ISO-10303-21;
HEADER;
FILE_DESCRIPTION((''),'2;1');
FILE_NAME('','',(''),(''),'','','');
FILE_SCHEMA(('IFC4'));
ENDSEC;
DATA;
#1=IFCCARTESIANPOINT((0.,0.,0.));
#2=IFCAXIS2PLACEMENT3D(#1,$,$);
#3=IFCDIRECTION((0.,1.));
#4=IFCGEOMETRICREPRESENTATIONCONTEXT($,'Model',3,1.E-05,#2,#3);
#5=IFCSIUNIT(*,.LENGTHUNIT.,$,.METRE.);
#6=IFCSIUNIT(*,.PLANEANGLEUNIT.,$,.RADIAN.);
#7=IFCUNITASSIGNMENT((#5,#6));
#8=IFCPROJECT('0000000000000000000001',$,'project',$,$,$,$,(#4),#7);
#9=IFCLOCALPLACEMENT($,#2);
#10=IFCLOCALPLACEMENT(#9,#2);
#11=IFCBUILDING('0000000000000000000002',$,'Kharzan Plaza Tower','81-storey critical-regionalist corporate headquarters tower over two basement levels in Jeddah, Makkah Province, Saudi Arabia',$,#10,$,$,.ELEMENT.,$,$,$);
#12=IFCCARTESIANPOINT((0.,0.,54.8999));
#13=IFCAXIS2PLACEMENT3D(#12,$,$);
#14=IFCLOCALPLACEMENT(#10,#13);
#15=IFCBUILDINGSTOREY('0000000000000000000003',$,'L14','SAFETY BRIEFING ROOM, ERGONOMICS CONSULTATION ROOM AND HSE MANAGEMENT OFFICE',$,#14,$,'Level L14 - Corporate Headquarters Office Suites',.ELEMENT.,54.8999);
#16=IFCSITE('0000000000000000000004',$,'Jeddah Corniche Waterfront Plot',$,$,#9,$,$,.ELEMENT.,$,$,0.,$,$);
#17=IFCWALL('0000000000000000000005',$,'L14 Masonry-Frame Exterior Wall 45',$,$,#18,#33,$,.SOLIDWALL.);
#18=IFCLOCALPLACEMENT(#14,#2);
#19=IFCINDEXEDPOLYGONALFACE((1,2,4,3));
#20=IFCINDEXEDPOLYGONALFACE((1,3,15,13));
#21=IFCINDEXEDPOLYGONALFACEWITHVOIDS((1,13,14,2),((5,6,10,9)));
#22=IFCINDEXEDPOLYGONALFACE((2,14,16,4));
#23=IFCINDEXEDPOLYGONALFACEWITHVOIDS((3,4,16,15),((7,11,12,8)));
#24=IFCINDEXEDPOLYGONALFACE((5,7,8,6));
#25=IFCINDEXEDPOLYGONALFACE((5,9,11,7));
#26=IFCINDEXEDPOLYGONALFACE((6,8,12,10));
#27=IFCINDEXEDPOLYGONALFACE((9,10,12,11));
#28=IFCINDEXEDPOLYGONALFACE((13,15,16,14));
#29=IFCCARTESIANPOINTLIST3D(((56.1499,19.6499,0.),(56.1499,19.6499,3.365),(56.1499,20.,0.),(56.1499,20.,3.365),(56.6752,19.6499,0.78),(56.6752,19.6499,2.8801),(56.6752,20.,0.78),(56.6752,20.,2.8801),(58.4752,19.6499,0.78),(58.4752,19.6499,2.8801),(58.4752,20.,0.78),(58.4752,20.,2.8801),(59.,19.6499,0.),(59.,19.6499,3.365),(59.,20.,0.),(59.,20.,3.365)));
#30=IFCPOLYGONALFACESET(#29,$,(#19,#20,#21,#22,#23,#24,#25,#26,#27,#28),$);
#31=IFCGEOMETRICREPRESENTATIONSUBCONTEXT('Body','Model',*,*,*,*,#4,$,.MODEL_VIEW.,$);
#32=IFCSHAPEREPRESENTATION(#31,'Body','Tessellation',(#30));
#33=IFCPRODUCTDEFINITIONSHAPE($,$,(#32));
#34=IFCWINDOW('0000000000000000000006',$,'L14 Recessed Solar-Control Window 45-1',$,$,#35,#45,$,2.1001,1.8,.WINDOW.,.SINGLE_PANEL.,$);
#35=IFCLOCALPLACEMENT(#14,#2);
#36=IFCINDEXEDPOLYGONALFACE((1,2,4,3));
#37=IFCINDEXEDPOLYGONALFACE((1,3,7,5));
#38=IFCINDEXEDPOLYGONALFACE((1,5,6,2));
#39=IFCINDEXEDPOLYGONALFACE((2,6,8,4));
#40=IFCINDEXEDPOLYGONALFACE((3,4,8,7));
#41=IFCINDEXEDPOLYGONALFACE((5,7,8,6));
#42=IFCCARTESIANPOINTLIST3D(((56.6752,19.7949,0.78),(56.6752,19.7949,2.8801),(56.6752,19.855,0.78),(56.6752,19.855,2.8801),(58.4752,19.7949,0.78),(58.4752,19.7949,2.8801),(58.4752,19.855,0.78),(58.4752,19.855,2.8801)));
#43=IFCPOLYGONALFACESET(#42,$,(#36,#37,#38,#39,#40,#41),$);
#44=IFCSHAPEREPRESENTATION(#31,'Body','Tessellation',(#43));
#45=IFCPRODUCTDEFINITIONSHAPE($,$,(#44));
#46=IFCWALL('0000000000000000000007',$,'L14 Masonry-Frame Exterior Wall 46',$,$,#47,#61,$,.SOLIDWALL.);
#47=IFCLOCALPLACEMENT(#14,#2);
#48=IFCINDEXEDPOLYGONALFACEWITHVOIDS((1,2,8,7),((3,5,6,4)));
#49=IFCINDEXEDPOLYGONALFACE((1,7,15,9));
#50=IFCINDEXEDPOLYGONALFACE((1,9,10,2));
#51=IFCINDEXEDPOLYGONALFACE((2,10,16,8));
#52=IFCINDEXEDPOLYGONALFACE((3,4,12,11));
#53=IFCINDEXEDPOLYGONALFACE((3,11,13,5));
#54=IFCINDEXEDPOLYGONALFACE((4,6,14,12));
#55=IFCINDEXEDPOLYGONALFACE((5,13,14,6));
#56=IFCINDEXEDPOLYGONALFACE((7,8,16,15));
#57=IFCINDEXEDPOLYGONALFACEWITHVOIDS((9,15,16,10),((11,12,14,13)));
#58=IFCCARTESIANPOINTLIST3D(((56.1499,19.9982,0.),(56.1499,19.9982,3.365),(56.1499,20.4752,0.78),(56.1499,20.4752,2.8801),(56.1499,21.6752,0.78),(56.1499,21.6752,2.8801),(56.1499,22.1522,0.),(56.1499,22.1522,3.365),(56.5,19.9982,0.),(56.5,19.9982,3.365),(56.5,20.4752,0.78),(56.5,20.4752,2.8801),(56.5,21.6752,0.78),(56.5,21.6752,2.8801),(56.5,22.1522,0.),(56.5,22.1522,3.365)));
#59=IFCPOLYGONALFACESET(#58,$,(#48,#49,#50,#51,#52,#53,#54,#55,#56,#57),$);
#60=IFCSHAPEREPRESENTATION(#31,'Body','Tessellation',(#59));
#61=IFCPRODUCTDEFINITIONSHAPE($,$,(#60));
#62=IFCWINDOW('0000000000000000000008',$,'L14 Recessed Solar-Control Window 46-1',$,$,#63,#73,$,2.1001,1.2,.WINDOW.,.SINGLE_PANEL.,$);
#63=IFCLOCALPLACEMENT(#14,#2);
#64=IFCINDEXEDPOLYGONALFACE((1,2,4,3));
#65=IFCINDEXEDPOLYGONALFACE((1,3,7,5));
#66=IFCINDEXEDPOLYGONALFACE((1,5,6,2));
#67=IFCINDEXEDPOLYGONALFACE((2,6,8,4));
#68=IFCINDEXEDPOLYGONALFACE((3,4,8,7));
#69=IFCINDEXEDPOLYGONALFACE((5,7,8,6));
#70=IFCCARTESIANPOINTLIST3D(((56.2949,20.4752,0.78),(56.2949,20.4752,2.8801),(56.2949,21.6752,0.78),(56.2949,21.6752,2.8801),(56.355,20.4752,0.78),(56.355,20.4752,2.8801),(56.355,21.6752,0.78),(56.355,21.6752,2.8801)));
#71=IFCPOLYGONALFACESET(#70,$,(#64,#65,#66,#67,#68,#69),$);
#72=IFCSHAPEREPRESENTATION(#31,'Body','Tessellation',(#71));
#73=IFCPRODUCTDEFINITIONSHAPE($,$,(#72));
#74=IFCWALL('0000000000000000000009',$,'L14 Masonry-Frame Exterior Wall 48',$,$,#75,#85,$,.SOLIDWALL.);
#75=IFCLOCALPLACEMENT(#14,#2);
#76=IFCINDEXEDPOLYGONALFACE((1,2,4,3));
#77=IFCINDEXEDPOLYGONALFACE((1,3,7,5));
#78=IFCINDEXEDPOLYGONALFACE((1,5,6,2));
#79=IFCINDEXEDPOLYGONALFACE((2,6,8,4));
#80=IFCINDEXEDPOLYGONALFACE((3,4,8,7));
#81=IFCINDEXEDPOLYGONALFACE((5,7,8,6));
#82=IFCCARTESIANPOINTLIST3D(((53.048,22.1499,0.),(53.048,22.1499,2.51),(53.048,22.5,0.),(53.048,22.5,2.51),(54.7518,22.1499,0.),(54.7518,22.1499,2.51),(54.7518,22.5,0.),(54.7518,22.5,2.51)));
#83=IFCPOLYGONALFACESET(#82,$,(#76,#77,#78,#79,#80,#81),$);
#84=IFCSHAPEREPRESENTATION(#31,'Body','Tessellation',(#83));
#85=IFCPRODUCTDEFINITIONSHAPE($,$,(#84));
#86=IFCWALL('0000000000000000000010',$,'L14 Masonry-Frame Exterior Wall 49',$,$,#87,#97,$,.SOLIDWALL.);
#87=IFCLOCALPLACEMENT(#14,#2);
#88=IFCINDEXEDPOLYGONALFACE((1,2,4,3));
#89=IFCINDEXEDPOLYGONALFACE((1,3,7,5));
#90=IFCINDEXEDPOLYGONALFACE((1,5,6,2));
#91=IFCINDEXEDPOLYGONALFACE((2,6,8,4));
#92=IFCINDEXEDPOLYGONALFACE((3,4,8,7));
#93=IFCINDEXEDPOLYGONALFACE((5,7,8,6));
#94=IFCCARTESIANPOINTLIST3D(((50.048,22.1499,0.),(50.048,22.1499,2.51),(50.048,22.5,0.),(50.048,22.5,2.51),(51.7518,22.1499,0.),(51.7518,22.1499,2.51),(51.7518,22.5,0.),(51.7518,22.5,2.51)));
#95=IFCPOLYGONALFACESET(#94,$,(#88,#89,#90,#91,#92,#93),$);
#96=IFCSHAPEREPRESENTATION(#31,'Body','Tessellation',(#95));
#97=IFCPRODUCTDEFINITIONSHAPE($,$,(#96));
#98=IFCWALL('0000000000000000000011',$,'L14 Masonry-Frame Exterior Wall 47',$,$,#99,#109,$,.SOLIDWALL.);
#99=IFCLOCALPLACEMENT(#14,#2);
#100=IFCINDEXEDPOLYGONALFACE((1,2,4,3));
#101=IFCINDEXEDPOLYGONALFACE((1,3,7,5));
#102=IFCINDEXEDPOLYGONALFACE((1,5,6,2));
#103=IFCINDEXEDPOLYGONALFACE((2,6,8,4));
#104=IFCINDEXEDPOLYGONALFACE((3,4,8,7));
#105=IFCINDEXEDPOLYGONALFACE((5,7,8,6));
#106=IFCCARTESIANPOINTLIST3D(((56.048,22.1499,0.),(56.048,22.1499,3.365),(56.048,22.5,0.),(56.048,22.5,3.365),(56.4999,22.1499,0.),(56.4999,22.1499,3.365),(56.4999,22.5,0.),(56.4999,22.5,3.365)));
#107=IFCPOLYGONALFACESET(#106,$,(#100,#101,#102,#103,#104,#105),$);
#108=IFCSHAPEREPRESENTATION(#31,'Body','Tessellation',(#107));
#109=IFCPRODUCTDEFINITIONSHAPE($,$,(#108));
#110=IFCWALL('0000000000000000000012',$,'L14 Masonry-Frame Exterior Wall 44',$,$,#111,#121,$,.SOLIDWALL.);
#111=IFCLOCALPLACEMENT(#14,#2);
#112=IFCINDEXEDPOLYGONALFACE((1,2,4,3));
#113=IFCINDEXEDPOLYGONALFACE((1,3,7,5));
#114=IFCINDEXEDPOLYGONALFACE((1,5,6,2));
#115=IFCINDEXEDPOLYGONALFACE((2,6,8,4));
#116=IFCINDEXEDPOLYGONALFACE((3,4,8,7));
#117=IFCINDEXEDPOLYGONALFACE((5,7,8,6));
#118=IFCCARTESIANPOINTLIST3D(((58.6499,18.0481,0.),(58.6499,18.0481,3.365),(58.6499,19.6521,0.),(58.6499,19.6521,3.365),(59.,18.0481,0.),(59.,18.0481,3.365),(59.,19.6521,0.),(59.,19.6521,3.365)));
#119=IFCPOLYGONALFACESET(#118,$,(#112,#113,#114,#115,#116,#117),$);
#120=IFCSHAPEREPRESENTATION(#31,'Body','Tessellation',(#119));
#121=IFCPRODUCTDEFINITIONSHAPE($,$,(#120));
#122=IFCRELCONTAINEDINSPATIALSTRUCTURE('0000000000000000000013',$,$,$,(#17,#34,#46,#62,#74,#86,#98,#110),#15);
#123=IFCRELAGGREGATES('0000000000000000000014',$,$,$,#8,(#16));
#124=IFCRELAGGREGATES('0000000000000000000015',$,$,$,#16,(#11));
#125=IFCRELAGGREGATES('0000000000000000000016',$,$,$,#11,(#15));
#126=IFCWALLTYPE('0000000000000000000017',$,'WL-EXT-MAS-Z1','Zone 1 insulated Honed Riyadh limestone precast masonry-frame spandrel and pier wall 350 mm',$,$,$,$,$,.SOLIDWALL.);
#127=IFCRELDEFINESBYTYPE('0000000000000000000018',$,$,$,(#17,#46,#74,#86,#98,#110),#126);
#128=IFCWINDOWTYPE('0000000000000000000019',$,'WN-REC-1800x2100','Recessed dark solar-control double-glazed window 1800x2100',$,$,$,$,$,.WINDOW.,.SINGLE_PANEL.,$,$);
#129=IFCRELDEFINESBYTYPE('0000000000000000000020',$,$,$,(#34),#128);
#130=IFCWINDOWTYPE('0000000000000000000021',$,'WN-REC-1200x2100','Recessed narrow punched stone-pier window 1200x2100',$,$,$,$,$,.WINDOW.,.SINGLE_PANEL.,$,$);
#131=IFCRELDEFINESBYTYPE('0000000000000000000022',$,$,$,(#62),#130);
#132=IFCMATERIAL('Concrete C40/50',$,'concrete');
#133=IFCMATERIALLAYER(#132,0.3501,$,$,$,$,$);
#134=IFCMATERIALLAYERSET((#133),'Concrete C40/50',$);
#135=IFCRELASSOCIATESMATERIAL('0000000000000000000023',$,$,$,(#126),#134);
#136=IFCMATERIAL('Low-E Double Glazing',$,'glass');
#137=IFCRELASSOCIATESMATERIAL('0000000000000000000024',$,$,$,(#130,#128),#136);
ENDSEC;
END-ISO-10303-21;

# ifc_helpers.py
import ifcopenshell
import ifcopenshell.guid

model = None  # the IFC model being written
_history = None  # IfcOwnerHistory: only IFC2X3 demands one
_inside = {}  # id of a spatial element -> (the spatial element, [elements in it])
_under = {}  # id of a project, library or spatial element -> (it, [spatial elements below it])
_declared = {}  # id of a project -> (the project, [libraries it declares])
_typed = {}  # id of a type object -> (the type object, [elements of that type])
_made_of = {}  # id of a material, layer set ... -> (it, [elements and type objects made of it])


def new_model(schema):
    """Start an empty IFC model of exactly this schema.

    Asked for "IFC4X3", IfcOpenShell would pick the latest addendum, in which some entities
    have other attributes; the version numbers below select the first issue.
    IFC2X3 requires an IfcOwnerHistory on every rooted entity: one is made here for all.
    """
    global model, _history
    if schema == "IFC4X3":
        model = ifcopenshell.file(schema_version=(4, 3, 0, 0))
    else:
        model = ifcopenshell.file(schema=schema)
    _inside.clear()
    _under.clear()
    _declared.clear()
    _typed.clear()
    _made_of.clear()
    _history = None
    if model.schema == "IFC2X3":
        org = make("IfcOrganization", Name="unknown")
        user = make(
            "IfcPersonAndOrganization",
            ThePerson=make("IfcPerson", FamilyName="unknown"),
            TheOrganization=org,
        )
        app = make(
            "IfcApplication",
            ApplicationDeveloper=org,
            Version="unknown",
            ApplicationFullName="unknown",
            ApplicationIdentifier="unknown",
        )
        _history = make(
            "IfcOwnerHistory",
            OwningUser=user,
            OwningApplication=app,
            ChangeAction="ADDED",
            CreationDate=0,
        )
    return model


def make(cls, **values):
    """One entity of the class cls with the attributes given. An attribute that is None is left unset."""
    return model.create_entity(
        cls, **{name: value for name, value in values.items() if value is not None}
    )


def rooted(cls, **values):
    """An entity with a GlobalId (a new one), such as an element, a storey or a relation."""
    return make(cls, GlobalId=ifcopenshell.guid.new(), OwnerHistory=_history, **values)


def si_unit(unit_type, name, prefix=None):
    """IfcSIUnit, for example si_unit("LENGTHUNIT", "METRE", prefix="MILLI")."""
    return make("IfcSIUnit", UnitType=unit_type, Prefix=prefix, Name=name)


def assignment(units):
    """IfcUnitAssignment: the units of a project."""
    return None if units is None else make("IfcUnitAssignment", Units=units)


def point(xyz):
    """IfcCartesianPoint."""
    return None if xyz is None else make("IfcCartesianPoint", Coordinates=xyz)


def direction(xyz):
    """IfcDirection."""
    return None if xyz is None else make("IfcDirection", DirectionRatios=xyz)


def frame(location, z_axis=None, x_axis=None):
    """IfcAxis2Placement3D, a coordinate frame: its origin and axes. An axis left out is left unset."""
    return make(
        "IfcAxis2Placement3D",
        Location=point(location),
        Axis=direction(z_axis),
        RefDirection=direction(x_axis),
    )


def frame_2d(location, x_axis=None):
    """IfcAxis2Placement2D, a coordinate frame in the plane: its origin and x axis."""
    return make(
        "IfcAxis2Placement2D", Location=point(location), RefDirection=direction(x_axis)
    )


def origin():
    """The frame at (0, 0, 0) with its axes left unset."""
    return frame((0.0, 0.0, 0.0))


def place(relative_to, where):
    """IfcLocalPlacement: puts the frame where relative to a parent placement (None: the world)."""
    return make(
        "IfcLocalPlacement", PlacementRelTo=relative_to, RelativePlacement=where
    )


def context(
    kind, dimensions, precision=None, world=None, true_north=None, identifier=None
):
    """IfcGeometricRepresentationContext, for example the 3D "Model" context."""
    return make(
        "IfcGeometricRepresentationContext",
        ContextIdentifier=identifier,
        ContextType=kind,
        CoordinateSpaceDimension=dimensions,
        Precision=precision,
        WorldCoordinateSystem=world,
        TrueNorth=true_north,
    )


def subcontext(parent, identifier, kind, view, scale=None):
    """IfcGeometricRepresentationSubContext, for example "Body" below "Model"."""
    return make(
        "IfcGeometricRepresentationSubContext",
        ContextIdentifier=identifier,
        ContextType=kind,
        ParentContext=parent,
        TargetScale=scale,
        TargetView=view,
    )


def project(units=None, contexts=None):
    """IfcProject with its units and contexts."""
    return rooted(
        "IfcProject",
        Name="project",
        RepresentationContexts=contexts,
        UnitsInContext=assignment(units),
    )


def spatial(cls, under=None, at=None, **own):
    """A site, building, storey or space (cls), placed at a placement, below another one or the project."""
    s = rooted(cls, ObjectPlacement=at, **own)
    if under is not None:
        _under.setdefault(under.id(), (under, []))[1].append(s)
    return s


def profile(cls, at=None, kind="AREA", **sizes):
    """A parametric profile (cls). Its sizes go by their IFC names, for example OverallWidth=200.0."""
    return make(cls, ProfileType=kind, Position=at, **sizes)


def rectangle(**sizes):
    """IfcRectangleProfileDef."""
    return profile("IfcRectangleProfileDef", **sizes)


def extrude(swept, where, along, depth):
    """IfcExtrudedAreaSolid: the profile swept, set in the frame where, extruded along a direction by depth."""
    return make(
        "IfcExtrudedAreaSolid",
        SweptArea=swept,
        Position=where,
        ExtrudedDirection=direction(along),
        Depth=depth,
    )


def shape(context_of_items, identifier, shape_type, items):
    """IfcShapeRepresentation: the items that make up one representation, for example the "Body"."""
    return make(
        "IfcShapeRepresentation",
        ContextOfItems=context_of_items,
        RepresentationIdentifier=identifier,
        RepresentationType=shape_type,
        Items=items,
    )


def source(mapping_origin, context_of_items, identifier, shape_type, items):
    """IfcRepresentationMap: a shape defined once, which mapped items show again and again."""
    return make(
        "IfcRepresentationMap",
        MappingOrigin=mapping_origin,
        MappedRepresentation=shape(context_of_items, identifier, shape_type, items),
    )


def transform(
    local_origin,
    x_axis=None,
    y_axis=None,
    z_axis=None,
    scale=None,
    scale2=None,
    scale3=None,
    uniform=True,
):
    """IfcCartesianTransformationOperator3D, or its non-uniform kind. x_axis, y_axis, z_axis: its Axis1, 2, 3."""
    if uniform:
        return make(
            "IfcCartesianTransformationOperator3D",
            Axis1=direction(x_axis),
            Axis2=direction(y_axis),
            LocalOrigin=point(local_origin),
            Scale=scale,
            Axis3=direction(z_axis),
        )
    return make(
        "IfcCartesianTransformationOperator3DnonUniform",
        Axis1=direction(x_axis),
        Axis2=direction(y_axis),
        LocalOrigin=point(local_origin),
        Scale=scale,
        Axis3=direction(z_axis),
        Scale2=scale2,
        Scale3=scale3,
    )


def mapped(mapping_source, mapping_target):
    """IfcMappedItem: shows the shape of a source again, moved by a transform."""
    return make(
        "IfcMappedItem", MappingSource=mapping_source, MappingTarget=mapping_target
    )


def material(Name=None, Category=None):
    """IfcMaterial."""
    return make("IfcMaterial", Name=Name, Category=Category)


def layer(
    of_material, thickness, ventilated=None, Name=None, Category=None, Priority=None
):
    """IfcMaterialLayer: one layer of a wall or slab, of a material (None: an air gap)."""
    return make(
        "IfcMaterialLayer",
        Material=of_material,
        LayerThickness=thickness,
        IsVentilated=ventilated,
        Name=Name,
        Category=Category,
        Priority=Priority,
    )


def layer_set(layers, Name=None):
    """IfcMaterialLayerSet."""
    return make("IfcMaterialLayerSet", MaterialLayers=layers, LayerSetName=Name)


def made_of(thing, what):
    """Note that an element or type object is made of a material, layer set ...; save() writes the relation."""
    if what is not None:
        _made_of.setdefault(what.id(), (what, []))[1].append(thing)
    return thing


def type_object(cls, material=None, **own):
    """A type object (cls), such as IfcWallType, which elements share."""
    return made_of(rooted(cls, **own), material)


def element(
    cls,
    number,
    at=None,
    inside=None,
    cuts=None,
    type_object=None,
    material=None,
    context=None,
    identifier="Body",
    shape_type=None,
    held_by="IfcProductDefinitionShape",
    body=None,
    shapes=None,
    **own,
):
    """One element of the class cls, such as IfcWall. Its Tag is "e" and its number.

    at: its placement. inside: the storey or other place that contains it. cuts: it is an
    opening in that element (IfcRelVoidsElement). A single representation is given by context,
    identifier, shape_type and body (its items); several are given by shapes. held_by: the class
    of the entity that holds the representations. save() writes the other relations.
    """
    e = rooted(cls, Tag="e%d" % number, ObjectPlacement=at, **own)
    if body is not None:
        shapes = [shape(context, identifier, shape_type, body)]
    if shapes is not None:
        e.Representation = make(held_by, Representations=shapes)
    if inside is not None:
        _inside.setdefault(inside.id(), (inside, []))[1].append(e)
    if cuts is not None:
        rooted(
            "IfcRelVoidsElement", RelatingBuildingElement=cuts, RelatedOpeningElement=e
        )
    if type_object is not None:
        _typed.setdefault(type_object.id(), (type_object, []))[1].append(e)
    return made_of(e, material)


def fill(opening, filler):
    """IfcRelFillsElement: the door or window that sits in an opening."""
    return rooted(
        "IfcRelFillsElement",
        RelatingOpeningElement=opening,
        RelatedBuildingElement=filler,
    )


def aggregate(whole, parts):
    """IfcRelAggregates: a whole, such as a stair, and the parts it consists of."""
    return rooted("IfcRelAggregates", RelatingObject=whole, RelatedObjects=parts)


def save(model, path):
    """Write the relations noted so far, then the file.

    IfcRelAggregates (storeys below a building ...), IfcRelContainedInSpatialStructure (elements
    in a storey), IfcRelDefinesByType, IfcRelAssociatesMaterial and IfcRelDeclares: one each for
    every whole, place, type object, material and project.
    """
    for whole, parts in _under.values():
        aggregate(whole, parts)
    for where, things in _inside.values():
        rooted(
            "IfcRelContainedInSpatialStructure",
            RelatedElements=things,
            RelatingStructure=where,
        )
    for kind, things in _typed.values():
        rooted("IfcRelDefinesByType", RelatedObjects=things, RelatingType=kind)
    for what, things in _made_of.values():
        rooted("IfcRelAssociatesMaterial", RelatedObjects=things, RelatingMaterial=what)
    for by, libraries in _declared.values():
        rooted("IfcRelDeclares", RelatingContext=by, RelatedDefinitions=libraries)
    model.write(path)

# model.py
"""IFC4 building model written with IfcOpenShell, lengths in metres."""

from ifc_helpers import new_model, si_unit, direction, frame, frame_2d, origin, place, context, subcontext, project, spatial, rectangle, extrude, source, transform, mapped, material, layer, layer_set, type_object, element, fill, save


model = new_model("IFC4")

# Units and contexts
model_context = context("Model", 3, precision=1e-05, world=origin(), true_north=direction((0.0, 1.0)))
body_context = subcontext(model_context, "Body", "Model", "MODEL_VIEW")
ifc_project = project(units=[si_unit("LENGTHUNIT", "METRE"), si_unit("PLANEANGLEUNIT", "RADIAN")], contexts=[model_context])

# Site, building, storey
site_placement = place(None, origin())
site = spatial("IfcSite", under=ifc_project, at=site_placement, Name="Jeddah Corniche Waterfront Plot", CompositionType="ELEMENT", RefElevation=0.0)
building_placement = place(site_placement, origin())
building = spatial("IfcBuilding", under=site, at=building_placement, Name="Kharzan Plaza Tower", Description="81-storey critical-regionalist corporate headquarters tower over two basement levels in Jeddah, Makkah Province, Saudi Arabia", CompositionType="ELEMENT")
storey_placement = place(building_placement, frame((0.0, 0.0, 54.8999)))
storey = spatial("IfcBuildingStorey", under=building, at=storey_placement, Name="L14", Description="SAFETY BRIEFING ROOM, ERGONOMICS CONSULTATION ROOM AND HSE MANAGEMENT OFFICE", LongName="Level L14 - Corporate Headquarters Office Suites", CompositionType="ELEMENT", Elevation=54.8999)

# Walls, openings, windows
ifc_material_1 = material(Name="Concrete C40/50", Category="concrete")
ifc_layer = layer(ifc_material_1, 0.3501)
ifc_layer_set = layer_set([ifc_layer], Name="Concrete C40/50")
wall_type = type_object("IfcWallType", Name="WL-EXT-MAS-Z1", Description="Zone 1 insulated Honed Riyadh limestone precast masonry-frame spandrel and pier wall 350 mm", PredefinedType="SOLIDWALL", material=ifc_layer_set)
ifc_material_2 = material(Name="Low-E Double Glazing", Category="glass")
window_type_1 = type_object("IfcWindowType", Name="WN-REC-1200x2100", Description="Recessed narrow punched stone-pier window 1200x2100", PartitioningType="SINGLE_PANEL", PredefinedType="WINDOW", material=ifc_material_2)
wall_1_placement = place(storey_placement, frame((59.0, 19.825, 0.0), z_axis=(0.0, 0.0, 1.0), x_axis=(-1.0, 0.0, 0.0)))
wall_1 = element("IfcWall", 1, at=wall_1_placement, inside=storey, type_object=wall_type, Name="L14 Masonry-Frame Exterior Wall 45", PredefinedType="SOLIDWALL", context=body_context, shape_type="SweptSolid", body=[
    extrude(rectangle(XDim=2.8501, YDim=0.3501, at=frame_2d((1.425, 0.0))), origin(), (0.0, 0.0, 1.0), 3.365),
])
opening_1_placement = place(wall_1_placement, frame((0.5249, 0.0, 0.78)))
opening_1 = element("IfcOpeningElement", 2, at=opening_1_placement, cuts=wall_1, PredefinedType="OPENING", context=body_context, shape_type="SweptSolid", body=[
    extrude(rectangle(XDim=1.8, YDim=2.1001, at=frame_2d((0.8999, 1.05))), frame((0.0, 0.1851, 0.0), z_axis=(0.0, -1.0, 0.0), x_axis=(1.0, 0.0, 0.0)), (0.0, 0.0, 1.0), 0.3701),
])
window_type_2 = type_object("IfcWindowType", Name="WN-REC-1800x2100", Description="Recessed dark solar-control double-glazed window 1800x2100", PartitioningType="SINGLE_PANEL", PredefinedType="WINDOW", material=ifc_material_2)
shared_shape_1 = source(origin(), body_context, "Body", "SweptSolid", [
    extrude(rectangle(XDim=1.8, YDim=2.1001, at=frame_2d((0.8999, 1.05))), frame((0.0, 0.03, 0.0), z_axis=(0.0, -1.0, 0.0), x_axis=(1.0, 0.0, 0.0)), (0.0, 0.0, 1.0), 0.0601),
])
window_1_placement = place(opening_1_placement, origin())
window_1 = element("IfcWindow", 3, at=window_1_placement, inside=storey, type_object=window_type_2, Name="L14 Recessed Solar-Control Window 45-1", OverallHeight=2.1001, OverallWidth=1.8, PartitioningType="SINGLE_PANEL", PredefinedType="WINDOW", context=body_context, shape_type="MappedRepresentation", body=[
    mapped(shared_shape_1, transform((0.0, 0.0, 0.0), x_axis=(1.0, 0.0, 0.0), y_axis=(0.0, 1.0, 0.0), z_axis=(0.0, 0.0, 1.0))),
])
fill(opening_1, window_1)
wall_2_placement = place(storey_placement, frame((56.325, 19.998, 0.0), z_axis=(0.0, 0.0, 1.0), x_axis=(0.0, 1.0, 0.0)))
wall_2 = element("IfcWall", 4, at=wall_2_placement, inside=storey, type_object=wall_type, Name="L14 Masonry-Frame Exterior Wall 46", PredefinedType="SOLIDWALL", context=body_context, shape_type="SweptSolid", body=[
    extrude(rectangle(XDim=2.1541, YDim=0.3501, at=frame_2d((1.0771, 0.0))), origin(), (0.0, 0.0, 1.0), 3.365),
])
opening_2_placement = place(wall_2_placement, frame((0.4771, 0.0, 0.78)))
opening_2 = element("IfcOpeningElement", 5, at=opening_2_placement, cuts=wall_2, PredefinedType="OPENING", context=body_context, shape_type="SweptSolid", body=[
    extrude(rectangle(XDim=1.2, YDim=2.1001, at=frame_2d((0.6001, 1.05))), frame((0.0, 0.1851, 0.0), z_axis=(0.0, -1.0, 0.0), x_axis=(1.0, 0.0, 0.0)), (0.0, 0.0, 1.0), 0.3701),
])
shared_shape_2 = source(origin(), body_context, "Body", "SweptSolid", [
    extrude(rectangle(XDim=1.2, YDim=2.1001, at=frame_2d((0.6001, 1.05))), frame((0.0, 0.03, 0.0), z_axis=(0.0, -1.0, 0.0), x_axis=(1.0, 0.0, 0.0)), (0.0, 0.0, 1.0), 0.0601),
])
window_2_placement = place(opening_2_placement, origin())
window_2 = element("IfcWindow", 6, at=window_2_placement, inside=storey, type_object=window_type_1, Name="L14 Recessed Solar-Control Window 46-1", OverallHeight=2.1001, OverallWidth=1.2, PartitioningType="SINGLE_PANEL", PredefinedType="WINDOW", context=body_context, shape_type="MappedRepresentation", body=[
    mapped(shared_shape_2, transform((0.0, 0.0, 0.0), x_axis=(1.0, 0.0, 0.0), y_axis=(0.0, 1.0, 0.0), z_axis=(0.0, 0.0, 1.0))),
])
fill(opening_2, window_2)

# Walls
shared_shape_3 = source(origin(), body_context, "Body", "SweptSolid", [
    extrude(rectangle(XDim=1.7039, YDim=0.3501, at=frame_2d((0.8521, 0.0))), origin(), (0.0, 0.0, 1.0), 2.51),
])
for number, where, z_axis, x_axis, name in (
    (7, (54.752, 22.325, 0.0), (0.0, 0.0, 1.0), (-1.0, 0.0, 0.0), "L14 Masonry-Frame Exterior Wall 48"),
    (8, (51.752, 22.325, 0.0), (0.0, 0.0, 1.0), (-1.0, 0.0, 0.0), "L14 Masonry-Frame Exterior Wall 49"),
):
    element("IfcWall", number, at=place(storey_placement, frame(where, z_axis=z_axis, x_axis=x_axis)), inside=storey, type_object=wall_type, Name=name, PredefinedType="SOLIDWALL", context=body_context, shape_type="MappedRepresentation", body=[
        mapped(shared_shape_3, transform((0.0, 0.0, 0.0), x_axis=(1.0, 0.0, 0.0), y_axis=(0.0, 1.0, 0.0), z_axis=(0.0, 0.0, 1.0))),
    ])
shared_shape_4 = source(origin(), body_context, "Body", "SweptSolid", [
    extrude(rectangle(XDim=0.4519, YDim=0.3501, at=frame_2d((0.2261, 0.0))), origin(), (0.0, 0.0, 1.0), 3.365),
])
wall_3_placement = place(storey_placement, frame((56.5, 22.325, 0.0), z_axis=(0.0, 0.0, 1.0), x_axis=(-1.0, 0.0, 0.0)))
element("IfcWall", 9, at=wall_3_placement, inside=storey, type_object=wall_type, Name="L14 Masonry-Frame Exterior Wall 47", PredefinedType="SOLIDWALL", context=body_context, shape_type="MappedRepresentation", body=[
    mapped(shared_shape_4, transform((0.0, 0.0, 0.0), x_axis=(1.0, 0.0, 0.0), y_axis=(0.0, 1.0, 0.0), z_axis=(0.0, 0.0, 1.0))),
])
shared_shape_5 = source(origin(), body_context, "Body", "SweptSolid", [
    extrude(rectangle(XDim=1.604, YDim=0.3501, at=frame_2d((0.802, 0.0))), origin(), (0.0, 0.0, 1.0), 3.365),
])
wall_4_placement = place(storey_placement, frame((58.825, 18.0481, 0.0), z_axis=(0.0, 0.0, 1.0), x_axis=(0.0, 1.0, 0.0)))
element("IfcWall", 10, at=wall_4_placement, inside=storey, type_object=wall_type, Name="L14 Masonry-Frame Exterior Wall 44", PredefinedType="SOLIDWALL", context=body_context, shape_type="MappedRepresentation", body=[
    mapped(shared_shape_5, transform((0.0, 0.0, 0.0), x_axis=(1.0, 0.0, 0.0), y_axis=(0.0, 1.0, 0.0), z_axis=(0.0, 0.0, 1.0))),
])

save(model, "model.ifc")
